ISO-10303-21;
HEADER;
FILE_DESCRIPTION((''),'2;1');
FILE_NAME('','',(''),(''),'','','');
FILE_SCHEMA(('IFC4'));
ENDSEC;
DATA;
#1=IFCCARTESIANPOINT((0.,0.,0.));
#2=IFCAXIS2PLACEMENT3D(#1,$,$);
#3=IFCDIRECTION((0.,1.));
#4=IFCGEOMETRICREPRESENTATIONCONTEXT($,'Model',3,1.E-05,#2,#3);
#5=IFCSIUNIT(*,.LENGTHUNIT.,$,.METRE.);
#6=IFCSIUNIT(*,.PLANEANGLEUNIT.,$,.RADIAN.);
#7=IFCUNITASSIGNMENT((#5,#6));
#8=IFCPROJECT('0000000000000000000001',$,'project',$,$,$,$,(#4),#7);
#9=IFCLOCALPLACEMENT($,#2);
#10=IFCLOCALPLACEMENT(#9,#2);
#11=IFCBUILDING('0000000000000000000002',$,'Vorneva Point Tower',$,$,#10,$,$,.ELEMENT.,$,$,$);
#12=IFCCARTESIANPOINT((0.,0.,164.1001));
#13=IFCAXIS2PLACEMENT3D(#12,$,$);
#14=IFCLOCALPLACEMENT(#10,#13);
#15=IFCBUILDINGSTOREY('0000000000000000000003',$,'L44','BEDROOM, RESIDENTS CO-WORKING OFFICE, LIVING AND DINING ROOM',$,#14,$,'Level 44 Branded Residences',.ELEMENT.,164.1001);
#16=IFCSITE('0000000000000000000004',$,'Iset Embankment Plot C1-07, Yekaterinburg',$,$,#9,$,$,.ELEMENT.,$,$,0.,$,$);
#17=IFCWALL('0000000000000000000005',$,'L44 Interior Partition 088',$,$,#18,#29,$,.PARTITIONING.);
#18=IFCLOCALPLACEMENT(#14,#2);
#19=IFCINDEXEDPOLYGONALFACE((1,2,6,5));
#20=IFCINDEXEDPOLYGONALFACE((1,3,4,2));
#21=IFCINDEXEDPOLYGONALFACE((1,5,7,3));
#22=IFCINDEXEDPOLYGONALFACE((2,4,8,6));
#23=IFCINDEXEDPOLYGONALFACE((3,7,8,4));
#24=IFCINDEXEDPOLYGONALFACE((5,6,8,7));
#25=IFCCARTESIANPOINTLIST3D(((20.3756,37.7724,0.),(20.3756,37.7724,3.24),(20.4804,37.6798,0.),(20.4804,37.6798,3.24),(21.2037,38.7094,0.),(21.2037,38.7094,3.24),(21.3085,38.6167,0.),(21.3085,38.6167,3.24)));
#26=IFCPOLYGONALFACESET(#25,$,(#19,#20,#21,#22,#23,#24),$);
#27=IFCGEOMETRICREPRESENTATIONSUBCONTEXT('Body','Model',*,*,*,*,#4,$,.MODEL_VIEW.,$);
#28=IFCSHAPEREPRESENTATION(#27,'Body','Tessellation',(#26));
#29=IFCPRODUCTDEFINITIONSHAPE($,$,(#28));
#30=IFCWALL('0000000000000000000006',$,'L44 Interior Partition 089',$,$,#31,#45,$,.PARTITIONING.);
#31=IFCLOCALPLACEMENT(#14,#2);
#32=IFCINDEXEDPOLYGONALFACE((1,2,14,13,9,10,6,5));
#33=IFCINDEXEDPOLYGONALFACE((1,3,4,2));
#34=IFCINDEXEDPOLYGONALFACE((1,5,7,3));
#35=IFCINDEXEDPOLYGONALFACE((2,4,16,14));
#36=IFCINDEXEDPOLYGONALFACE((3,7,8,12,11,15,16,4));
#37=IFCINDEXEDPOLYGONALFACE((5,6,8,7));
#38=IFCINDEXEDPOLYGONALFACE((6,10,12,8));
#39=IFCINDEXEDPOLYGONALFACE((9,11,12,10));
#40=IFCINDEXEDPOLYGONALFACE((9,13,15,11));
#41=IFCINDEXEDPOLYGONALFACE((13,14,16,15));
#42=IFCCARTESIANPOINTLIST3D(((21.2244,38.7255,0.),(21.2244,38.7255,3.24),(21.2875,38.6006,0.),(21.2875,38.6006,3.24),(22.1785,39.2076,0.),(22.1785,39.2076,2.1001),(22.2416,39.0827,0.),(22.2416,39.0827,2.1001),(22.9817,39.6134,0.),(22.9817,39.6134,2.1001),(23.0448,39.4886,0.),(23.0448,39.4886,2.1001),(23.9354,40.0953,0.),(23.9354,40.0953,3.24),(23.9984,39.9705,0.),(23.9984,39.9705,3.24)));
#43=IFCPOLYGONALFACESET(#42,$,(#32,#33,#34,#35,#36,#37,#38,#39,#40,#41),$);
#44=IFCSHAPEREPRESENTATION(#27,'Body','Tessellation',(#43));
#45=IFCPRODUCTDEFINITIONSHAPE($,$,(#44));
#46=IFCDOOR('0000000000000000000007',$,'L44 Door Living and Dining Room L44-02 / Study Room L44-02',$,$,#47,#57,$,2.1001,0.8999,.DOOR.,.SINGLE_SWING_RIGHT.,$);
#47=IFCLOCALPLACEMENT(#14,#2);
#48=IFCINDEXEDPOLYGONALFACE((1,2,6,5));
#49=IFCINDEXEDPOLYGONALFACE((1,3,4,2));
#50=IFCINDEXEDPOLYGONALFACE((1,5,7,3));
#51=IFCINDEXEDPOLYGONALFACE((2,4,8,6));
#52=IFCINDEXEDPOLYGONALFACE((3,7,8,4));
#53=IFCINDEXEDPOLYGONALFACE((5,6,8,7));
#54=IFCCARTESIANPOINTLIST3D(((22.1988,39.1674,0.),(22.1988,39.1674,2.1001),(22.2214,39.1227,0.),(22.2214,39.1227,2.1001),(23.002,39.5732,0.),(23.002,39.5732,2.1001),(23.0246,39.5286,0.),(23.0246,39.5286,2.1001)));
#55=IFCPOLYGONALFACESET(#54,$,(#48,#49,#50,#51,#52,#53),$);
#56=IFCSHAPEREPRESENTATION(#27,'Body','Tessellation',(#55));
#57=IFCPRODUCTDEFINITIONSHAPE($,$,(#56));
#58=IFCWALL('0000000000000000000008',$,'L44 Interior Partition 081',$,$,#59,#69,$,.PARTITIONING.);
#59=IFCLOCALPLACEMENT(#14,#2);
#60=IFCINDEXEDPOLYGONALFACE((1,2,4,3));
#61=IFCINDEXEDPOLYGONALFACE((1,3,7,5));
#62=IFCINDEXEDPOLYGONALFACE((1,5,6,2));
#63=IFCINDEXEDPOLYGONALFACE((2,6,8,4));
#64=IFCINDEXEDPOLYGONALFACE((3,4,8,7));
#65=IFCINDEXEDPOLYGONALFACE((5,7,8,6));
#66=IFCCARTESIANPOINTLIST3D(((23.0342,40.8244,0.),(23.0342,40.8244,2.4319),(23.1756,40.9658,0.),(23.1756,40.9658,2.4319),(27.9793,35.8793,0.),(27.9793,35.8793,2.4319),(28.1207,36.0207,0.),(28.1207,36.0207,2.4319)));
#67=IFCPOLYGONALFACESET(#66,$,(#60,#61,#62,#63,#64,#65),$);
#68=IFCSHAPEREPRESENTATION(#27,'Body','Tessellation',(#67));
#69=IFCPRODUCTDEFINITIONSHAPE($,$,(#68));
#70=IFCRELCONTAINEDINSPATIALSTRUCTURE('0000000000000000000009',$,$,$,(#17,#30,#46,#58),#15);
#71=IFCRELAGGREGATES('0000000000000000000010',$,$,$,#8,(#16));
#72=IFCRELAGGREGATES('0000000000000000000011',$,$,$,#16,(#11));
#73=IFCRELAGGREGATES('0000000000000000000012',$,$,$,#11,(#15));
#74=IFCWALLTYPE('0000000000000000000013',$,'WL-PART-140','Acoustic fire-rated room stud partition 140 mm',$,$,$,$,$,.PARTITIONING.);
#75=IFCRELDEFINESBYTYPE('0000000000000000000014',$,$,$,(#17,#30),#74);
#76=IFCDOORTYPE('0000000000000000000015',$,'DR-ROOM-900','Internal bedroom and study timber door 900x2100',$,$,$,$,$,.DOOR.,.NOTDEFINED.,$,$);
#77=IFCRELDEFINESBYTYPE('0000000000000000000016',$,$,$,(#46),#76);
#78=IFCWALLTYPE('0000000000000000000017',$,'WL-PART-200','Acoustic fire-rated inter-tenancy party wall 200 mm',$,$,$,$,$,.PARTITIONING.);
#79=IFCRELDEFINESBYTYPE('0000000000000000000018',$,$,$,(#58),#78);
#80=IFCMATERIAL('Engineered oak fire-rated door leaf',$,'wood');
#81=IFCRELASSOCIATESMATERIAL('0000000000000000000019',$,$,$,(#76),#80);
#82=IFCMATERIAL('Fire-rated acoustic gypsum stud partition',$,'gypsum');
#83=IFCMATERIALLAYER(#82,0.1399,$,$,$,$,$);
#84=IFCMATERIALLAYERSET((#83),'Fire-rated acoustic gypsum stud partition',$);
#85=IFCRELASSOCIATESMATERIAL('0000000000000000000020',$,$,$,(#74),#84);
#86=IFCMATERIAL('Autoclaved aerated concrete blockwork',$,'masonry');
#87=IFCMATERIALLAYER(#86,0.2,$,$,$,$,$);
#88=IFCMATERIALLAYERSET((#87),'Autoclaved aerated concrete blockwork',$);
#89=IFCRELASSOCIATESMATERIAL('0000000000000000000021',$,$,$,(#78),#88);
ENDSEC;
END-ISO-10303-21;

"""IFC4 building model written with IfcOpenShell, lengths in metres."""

from ifc_helpers import new_model, si_unit, direction, frame, frame_2d, origin, place, context, subcontext, project, spatial, rectangle, extrude, material, layer, layer_set, type_object, element, fill, save


model = new_model("IFC4")

# Units and contexts
model_context = context("Model", 3, precision=1e-05, world=origin(), true_north=direction((0.0, 1.0)))
body_context = subcontext(model_context, "Body", "Model", "MODEL_VIEW")
ifc_project = project(units=[si_unit("LENGTHUNIT", "METRE"), si_unit("PLANEANGLEUNIT", "RADIAN")], contexts=[model_context])

# Site, building, storey
site_placement = place(None, origin())
site = spatial("IfcSite", under=ifc_project, at=site_placement, Name="Iset Embankment Plot C1-07, Yekaterinburg", CompositionType="ELEMENT", RefElevation=0.0)
building_placement = place(site_placement, origin())
building = spatial("IfcBuilding", under=site, at=building_placement, Name="Vorneva Point Tower", CompositionType="ELEMENT")
storey_placement = place(building_placement, frame((0.0, 0.0, 164.1001)))
storey = spatial("IfcBuildingStorey", under=building, at=storey_placement, Name="L44", Description="BEDROOM, RESIDENTS CO-WORKING OFFICE, LIVING AND DINING ROOM", LongName="Level 44 Branded Residences", CompositionType="ELEMENT", Elevation=164.1001)

# Shared definitions
ifc_material_1 = material(Name="Fire-rated acoustic gypsum stud partition", Category="gypsum")
ifc_material_2 = material(Name="Engineered oak fire-rated door leaf", Category="wood")

# Shared definitions
door_type_1 = type_object("IfcDoorType", Name="DR-ROOM-900", Description="Internal bedroom and study timber door 900x2100", OperationType="NOTDEFINED", PredefinedType="DOOR", material=ifc_material_2)

# Wall
ifc_layer_1 = layer(ifc_material_1, 0.1399)
ifc_layer_set_1 = layer_set([ifc_layer_1], Name="Fire-rated acoustic gypsum stud partition")
wall_type_1 = type_object("IfcWallType", Name="WL-PART-140", Description="Acoustic fire-rated room stud partition 140 mm", PredefinedType="PARTITIONING", material=ifc_layer_set_1)
wall_1_placement = place(storey_placement, frame((20.428, 37.7261, 0.0), z_axis=(0.0, 0.0, 1.0), x_axis=(0.662228, 0.749302, 0.0)))
element("IfcWall", 1, at=wall_1_placement, inside=storey, type_object=wall_type_1, Name="L44 Interior Partition 088", PredefinedType="PARTITIONING", context=body_context, shape_type="SweptSolid", body=[
    extrude(rectangle(XDim=1.2505, YDim=0.1399, at=frame_2d((0.6252, 0.0))), origin(), (0.0, 0.0, 1.0), 3.24),
])

# Wall, opening, door
wall_2_placement = place(storey_placement, frame((21.2561, 38.6631, 0.0), z_axis=(0.0, 0.0, 1.0), x_axis=(0.892522, 0.451003, 0.0)))
wall_2 = element("IfcWall", 2, at=wall_2_placement, inside=storey, type_object=wall_type_1, Name="L44 Interior Partition 089", PredefinedType="PARTITIONING", context=body_context, shape_type="SweptSolid", body=[
    extrude(rectangle(XDim=3.0374, YDim=0.1399, at=frame_2d((1.5186, 0.0))), origin(), (0.0, 0.0, 1.0), 3.24),
])
opening_1_placement = place(wall_2_placement, frame((1.0688, 0.0, 0.0)))
opening_1 = element("IfcOpeningElement", 3, at=opening_1_placement, cuts=wall_2, PredefinedType="OPENING", context=body_context, shape_type="SweptSolid", body=[
    extrude(rectangle(XDim=0.8999, YDim=2.1001, at=frame_2d((0.45, 1.05))), frame((0.0, 0.085, 0.0), z_axis=(0.0, -1.0, 0.0), x_axis=(1.0, 0.0, 0.0)), (0.0, 0.0, 1.0), 0.1697),
])
door_1_placement = place(opening_1_placement, origin())
door_1 = element("IfcDoor", 4, at=door_1_placement, inside=storey, type_object=door_type_1, Name="L44 Door Living and Dining Room L44-02 / Study Room L44-02", OperationType="SINGLE_SWING_RIGHT", OverallHeight=2.1001, OverallWidth=0.8999, PredefinedType="DOOR", context=body_context, shape_type="SweptSolid", body=[
    extrude(rectangle(XDim=0.8999, YDim=2.1001, at=frame_2d((0.45, 1.05))), frame((0.0, 0.0249, 0.0), z_axis=(0.0, -1.0, 0.0), x_axis=(1.0, 0.0, 0.0)), (0.0, 0.0, 1.0), 0.05),
])
fill(opening_1, door_1)
ifc_material_3 = material(Name="Autoclaved aerated concrete blockwork", Category="masonry")

# Wall
ifc_layer_2 = layer(ifc_material_3, 0.2)
ifc_layer_set_2 = layer_set([ifc_layer_2], Name="Autoclaved aerated concrete blockwork")
wall_type_2 = type_object("IfcWallType", Name="WL-PART-200", Description="Acoustic fire-rated inter-tenancy party wall 200 mm", PredefinedType="PARTITIONING", material=ifc_layer_set_2)
wall_3_placement = place(storey_placement, frame((23.105, 40.895, 0.0), z_axis=(0.0, 0.0, 1.0), x_axis=(0.707107, -0.707107, 0.0)))
element("IfcWall", 5, at=wall_3_placement, inside=storey, type_object=wall_type_2, Name="L44 Interior Partition 081", PredefinedType="PARTITIONING", context=body_context, shape_type="SweptSolid", body=[
    extrude(rectangle(XDim=6.9934, YDim=0.2, at=frame_2d((3.4966, 0.0))), origin(), (0.0, 0.0, 1.0), 2.4319),
])

save(model, "model.ifc")
